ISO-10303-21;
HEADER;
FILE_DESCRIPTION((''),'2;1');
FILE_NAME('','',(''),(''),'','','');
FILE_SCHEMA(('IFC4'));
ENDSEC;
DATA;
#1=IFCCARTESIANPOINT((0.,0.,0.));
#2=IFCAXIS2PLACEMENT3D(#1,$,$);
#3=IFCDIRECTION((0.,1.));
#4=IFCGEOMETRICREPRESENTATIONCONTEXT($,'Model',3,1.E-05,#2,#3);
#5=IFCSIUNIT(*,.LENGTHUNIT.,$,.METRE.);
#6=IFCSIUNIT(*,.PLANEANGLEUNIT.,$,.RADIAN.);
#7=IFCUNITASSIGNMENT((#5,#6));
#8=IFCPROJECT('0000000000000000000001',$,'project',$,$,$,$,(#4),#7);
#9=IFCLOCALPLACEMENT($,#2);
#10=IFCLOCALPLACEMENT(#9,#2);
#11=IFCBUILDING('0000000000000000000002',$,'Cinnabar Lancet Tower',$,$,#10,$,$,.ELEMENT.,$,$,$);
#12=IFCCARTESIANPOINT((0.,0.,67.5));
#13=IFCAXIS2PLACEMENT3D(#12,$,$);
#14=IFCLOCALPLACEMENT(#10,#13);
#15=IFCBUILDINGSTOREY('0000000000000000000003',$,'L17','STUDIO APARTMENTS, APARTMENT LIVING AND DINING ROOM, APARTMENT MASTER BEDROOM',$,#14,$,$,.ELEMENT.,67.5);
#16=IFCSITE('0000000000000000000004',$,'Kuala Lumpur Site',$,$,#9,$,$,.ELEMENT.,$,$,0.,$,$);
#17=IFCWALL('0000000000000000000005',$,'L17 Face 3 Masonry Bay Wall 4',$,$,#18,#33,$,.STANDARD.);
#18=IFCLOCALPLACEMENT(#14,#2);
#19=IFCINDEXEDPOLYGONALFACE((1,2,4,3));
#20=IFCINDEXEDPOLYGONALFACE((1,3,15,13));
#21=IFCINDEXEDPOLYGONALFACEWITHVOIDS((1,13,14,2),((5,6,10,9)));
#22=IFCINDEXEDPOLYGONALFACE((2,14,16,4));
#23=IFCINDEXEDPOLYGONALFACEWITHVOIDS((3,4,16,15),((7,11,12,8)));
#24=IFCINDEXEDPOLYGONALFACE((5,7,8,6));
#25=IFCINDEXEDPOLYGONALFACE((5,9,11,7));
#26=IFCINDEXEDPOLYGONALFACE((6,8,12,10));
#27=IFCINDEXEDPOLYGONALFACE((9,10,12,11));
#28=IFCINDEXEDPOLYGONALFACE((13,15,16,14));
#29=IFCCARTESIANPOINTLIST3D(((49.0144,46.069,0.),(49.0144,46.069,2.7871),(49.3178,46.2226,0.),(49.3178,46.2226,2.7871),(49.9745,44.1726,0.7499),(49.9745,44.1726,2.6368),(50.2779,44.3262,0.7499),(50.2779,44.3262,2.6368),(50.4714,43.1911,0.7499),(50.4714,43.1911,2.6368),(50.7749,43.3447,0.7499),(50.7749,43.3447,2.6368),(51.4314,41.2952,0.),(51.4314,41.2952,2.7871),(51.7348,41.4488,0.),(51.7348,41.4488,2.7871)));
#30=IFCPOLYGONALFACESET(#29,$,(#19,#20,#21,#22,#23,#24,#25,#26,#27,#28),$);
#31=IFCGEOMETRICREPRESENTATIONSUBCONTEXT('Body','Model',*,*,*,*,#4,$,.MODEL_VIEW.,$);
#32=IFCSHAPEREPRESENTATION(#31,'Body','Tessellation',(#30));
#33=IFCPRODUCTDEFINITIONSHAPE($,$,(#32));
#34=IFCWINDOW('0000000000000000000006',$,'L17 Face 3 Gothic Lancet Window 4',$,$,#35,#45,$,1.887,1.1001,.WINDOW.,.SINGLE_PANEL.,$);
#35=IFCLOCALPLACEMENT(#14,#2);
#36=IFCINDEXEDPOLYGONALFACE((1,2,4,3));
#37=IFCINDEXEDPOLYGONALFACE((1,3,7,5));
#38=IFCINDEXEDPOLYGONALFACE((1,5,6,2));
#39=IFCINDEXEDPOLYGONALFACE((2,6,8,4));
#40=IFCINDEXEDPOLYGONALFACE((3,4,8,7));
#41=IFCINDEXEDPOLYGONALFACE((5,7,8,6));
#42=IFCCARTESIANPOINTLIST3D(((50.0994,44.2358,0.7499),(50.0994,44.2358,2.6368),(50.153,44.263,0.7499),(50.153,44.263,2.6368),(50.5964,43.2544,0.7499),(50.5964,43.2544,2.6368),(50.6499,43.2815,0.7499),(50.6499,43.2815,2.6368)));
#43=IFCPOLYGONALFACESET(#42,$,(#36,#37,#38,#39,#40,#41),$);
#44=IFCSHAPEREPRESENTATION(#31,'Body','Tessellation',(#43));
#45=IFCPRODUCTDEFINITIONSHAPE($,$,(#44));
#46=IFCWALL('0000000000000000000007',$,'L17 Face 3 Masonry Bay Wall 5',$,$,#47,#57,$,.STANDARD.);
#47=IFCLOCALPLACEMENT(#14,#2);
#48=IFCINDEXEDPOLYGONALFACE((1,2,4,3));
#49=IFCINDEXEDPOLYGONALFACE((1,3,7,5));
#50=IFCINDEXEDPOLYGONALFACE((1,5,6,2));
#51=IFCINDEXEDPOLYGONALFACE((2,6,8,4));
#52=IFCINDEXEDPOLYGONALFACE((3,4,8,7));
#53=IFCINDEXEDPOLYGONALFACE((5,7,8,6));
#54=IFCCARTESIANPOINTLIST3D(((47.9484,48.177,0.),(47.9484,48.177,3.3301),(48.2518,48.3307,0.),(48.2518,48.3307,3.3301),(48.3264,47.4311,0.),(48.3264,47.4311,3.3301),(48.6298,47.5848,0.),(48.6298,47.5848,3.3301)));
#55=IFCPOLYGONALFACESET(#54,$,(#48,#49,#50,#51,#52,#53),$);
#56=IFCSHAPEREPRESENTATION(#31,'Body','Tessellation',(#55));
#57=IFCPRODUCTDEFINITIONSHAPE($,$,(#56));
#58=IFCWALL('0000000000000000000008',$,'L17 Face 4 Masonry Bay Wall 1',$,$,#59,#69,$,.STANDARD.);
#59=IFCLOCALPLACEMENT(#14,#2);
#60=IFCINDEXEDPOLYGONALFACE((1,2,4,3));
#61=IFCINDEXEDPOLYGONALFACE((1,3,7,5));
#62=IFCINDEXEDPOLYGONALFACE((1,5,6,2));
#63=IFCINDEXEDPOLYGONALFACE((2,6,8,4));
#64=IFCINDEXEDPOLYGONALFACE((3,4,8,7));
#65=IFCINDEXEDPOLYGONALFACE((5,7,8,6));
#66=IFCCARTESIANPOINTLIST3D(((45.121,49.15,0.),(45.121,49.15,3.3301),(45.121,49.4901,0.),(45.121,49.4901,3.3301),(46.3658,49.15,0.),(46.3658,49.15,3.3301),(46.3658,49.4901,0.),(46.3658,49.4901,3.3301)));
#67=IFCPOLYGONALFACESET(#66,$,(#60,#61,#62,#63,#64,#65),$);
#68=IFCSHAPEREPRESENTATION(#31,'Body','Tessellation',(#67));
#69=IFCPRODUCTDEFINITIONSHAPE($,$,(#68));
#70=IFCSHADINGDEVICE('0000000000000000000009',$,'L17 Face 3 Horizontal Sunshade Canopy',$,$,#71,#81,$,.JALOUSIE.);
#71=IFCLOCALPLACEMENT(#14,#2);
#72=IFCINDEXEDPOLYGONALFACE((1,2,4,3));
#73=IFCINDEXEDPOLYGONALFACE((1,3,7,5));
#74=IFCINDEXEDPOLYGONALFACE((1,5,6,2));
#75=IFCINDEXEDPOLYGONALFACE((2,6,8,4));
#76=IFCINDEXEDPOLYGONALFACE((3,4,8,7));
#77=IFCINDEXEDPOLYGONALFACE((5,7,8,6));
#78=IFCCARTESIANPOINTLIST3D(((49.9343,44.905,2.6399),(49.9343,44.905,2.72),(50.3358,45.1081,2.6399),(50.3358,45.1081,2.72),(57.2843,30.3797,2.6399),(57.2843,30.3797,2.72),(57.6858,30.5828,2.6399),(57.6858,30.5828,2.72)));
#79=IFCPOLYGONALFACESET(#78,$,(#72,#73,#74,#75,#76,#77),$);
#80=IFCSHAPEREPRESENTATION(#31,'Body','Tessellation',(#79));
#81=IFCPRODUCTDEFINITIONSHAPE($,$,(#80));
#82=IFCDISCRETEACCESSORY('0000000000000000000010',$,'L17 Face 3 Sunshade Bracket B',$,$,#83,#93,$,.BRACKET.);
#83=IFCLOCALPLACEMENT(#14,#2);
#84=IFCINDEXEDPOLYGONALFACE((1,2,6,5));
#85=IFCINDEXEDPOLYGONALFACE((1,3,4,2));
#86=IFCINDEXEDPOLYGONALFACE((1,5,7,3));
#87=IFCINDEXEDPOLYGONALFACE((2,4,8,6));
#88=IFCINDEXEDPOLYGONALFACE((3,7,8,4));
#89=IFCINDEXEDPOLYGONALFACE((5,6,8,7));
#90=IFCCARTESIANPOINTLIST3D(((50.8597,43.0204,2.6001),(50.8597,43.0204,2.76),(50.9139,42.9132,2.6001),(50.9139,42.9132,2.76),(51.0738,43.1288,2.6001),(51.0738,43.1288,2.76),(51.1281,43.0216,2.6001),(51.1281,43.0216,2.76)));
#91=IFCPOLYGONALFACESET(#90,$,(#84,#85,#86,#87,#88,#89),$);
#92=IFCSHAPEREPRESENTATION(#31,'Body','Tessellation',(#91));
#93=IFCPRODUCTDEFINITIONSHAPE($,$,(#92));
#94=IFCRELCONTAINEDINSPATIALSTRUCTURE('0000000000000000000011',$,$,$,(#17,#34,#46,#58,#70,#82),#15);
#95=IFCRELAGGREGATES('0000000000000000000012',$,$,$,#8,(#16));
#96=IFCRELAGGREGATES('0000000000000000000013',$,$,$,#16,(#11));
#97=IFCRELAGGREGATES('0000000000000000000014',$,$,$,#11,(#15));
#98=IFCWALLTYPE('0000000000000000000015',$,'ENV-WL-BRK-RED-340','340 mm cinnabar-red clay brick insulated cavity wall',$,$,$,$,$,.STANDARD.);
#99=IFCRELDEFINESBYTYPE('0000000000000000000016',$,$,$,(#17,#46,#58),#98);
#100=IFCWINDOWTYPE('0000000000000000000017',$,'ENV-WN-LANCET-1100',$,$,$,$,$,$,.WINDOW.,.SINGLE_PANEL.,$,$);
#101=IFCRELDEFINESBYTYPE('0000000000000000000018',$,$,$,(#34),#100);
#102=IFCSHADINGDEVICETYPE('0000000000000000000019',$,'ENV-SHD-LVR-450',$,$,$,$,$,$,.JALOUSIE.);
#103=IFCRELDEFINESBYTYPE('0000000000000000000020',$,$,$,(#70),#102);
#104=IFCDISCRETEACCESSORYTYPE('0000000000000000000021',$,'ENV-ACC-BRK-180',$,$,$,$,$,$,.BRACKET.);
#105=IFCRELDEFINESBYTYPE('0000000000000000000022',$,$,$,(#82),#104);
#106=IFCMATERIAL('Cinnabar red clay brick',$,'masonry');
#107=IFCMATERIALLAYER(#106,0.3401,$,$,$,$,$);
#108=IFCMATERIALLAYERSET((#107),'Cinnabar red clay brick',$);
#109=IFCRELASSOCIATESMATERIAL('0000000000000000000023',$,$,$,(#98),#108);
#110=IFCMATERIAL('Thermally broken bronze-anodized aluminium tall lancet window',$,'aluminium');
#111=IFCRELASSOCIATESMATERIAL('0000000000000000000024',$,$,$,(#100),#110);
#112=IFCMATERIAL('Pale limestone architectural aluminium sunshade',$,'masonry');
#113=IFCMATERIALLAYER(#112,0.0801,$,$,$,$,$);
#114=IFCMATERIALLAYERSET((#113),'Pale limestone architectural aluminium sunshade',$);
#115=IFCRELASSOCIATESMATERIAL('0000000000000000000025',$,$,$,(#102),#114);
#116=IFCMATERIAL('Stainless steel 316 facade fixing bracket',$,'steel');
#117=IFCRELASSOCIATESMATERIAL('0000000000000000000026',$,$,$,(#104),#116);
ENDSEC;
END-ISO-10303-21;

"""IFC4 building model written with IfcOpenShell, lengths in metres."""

from ifc_helpers import new_model, si_unit, direction, frame, frame_2d, origin, origin_2d, place, context, subcontext, project, spatial, rectangle, extrude, material, layer, layer_set, type_object, element, fill, save


model = new_model("IFC4")

# Units and contexts
model_context = context("Model", 3, precision=1e-05, world=origin(), true_north=direction((0.0, 1.0)))
body_context = subcontext(model_context, "Body", "Model", "MODEL_VIEW")
ifc_project = project(units=[si_unit("LENGTHUNIT", "METRE"), si_unit("PLANEANGLEUNIT", "RADIAN")], contexts=[model_context])

# Site, building, storey
site_placement = place(None, origin())
site = spatial("IfcSite", under=ifc_project, at=site_placement, Name="Kuala Lumpur Site", CompositionType="ELEMENT", RefElevation=0.0)
building_placement = place(site_placement, origin())
building = spatial("IfcBuilding", under=site, at=building_placement, Name="Cinnabar Lancet Tower", CompositionType="ELEMENT")
storey_placement = place(building_placement, frame((0.0, 0.0, 67.5)))
storey = spatial("IfcBuildingStorey", under=building, at=storey_placement, Name="L17", Description="STUDIO APARTMENTS, APARTMENT LIVING AND DINING ROOM, APARTMENT MASTER BEDROOM", CompositionType="ELEMENT", Elevation=67.5)

# Shared definitions
ifc_material_1 = material(Name="Cinnabar red clay brick", Category="masonry")
ifc_layer_1 = layer(ifc_material_1, 0.3401)
ifc_layer_set_1 = layer_set([ifc_layer_1], Name="Cinnabar red clay brick")
wall_type_1 = type_object("IfcWallType", Name="ENV-WL-BRK-RED-340", Description="340 mm cinnabar-red clay brick insulated cavity wall", PredefinedType="STANDARD", material=ifc_layer_set_1)

# Wall, opening, window
wall_1_placement = place(storey_placement, frame((51.583, 41.3721, 0.0), z_axis=(0.0, 0.0, 1.0), x_axis=(-0.451698, 0.892171, 0.0)))
wall_1 = element("IfcWall", 1, at=wall_1_placement, inside=storey, type_object=wall_type_1, Name="L17 Face 3 Masonry Bay Wall 4", PredefinedType="STANDARD", context=body_context, shape_type="SweptSolid", body=[
    extrude(rectangle(XDim=5.3508, YDim=0.3401, at=frame_2d((2.6753, 0.0))), origin(), (0.0, 0.0, 1.0), 2.7871),
])
opening_1_placement = place(wall_1_placement, frame((2.125, 0.0, 0.75)))
opening_1 = element("IfcOpeningElement", 2, at=opening_1_placement, cuts=wall_1, PredefinedType="OPENING", context=body_context, shape_type="SweptSolid", body=[
    extrude(rectangle(XDim=1.1001, YDim=1.887, at=frame_2d((0.55, 0.9434))), frame((0.0, 0.1799, 0.0), z_axis=(0.0, -1.0, 0.0), x_axis=(1.0, 0.0, 0.0)), (0.0, 0.0, 1.0), 0.3601),
])
ifc_material_2 = material(Name="Thermally broken bronze-anodized aluminium tall lancet window", Category="aluminium")
window_type = type_object("IfcWindowType", Name="ENV-WN-LANCET-1100", PartitioningType="SINGLE_PANEL", PredefinedType="WINDOW", material=ifc_material_2)
window_placement = place(opening_1_placement, origin())
window = element("IfcWindow", 3, at=window_placement, inside=storey, type_object=window_type, Name="L17 Face 3 Gothic Lancet Window 4", OverallHeight=1.887, OverallWidth=1.1001, PartitioningType="SINGLE_PANEL", PredefinedType="WINDOW", context=body_context, shape_type="SweptSolid", body=[
    extrude(rectangle(XDim=1.1001, YDim=1.887, at=frame_2d((0.55, 0.9434))), frame((0.0, 0.03, 0.0), z_axis=(0.0, -1.0, 0.0), x_axis=(1.0, 0.0, 0.0)), (0.0, 0.0, 1.0), 0.0601),
])
fill(opening_1, window)

# Walls
wall_2_placement = place(storey_placement, frame((48.478, 47.5081, 0.0), z_axis=(0.0, 0.0, 1.0), x_axis=(-0.451996, 0.89202, 0.0)))
element("IfcWall", 4, at=wall_2_placement, inside=storey, type_object=wall_type_1, Name="L17 Face 3 Masonry Bay Wall 5", PredefinedType="STANDARD", context=body_context, shape_type="SweptSolid", body=[
    extrude(rectangle(XDim=0.8362, YDim=0.3401, at=frame_2d((0.418, 0.0))), origin(), (0.0, 0.0, 1.0), 3.3301),
])
wall_3_placement = place(storey_placement, frame((46.366, 49.3201, 0.0), z_axis=(0.0, 0.0, 1.0), x_axis=(-1.0, 0.0, 0.0)))
element("IfcWall", 5, at=wall_3_placement, inside=storey, type_object=wall_type_1, Name="L17 Face 4 Masonry Bay Wall 1", PredefinedType="STANDARD", context=body_context, shape_type="SweptSolid", body=[
    extrude(rectangle(XDim=1.2449, YDim=0.3401, at=frame_2d((0.6226, 0.0))), origin(), (0.0, 0.0, 1.0), 3.3301),
])

# Shading device
ifc_material_3 = material(Name="Pale limestone architectural aluminium sunshade", Category="masonry")
ifc_layer_2 = layer(ifc_material_3, 0.0801)
ifc_layer_set_2 = layer_set([ifc_layer_2], Name="Pale limestone architectural aluminium sunshade")
shading_device_type = type_object("IfcShadingDeviceType", Name="ENV-SHD-LVR-450", PredefinedType="JALOUSIE", material=ifc_layer_set_2)
shading_device_placement = place(storey_placement, frame((53.8101, 37.7439, 2.6399), z_axis=(0.0, 0.0, 1.0), x_axis=(-0.451501, 0.892271, 0.0)))
element("IfcShadingDevice", 6, at=shading_device_placement, inside=storey, type_object=shading_device_type, Name="L17 Face 3 Horizontal Sunshade Canopy", PredefinedType="JALOUSIE", context=body_context, shape_type="SweptSolid", body=[
    extrude(rectangle(XDim=16.2791, YDim=0.45, at=origin_2d()), origin(), (0.0, 0.0, 1.0), 0.0801),
])

# Discrete accessory
ifc_material_4 = material(Name="Stainless steel 316 facade fixing bracket", Category="steel")
discrete_accessory_type = type_object("IfcDiscreteAccessoryType", Name="ENV-ACC-BRK-180", PredefinedType="BRACKET", material=ifc_material_4)
discrete_accessory_placement = place(storey_placement, frame((50.9939, 43.021, 2.6001), z_axis=(0.0, 0.0, 1.0), x_axis=(-0.451501, 0.892271, 0.0)))
element("IfcDiscreteAccessory", 7, at=discrete_accessory_placement, inside=storey, type_object=discrete_accessory_type, Name="L17 Face 3 Sunshade Bracket B", PredefinedType="BRACKET", context=body_context, shape_type="SweptSolid", body=[
    extrude(rectangle(XDim=0.1201, YDim=0.24, at=origin_2d()), origin(), (0.0, 0.0, 1.0), 0.1599),
])

save(model, "model.ifc")
